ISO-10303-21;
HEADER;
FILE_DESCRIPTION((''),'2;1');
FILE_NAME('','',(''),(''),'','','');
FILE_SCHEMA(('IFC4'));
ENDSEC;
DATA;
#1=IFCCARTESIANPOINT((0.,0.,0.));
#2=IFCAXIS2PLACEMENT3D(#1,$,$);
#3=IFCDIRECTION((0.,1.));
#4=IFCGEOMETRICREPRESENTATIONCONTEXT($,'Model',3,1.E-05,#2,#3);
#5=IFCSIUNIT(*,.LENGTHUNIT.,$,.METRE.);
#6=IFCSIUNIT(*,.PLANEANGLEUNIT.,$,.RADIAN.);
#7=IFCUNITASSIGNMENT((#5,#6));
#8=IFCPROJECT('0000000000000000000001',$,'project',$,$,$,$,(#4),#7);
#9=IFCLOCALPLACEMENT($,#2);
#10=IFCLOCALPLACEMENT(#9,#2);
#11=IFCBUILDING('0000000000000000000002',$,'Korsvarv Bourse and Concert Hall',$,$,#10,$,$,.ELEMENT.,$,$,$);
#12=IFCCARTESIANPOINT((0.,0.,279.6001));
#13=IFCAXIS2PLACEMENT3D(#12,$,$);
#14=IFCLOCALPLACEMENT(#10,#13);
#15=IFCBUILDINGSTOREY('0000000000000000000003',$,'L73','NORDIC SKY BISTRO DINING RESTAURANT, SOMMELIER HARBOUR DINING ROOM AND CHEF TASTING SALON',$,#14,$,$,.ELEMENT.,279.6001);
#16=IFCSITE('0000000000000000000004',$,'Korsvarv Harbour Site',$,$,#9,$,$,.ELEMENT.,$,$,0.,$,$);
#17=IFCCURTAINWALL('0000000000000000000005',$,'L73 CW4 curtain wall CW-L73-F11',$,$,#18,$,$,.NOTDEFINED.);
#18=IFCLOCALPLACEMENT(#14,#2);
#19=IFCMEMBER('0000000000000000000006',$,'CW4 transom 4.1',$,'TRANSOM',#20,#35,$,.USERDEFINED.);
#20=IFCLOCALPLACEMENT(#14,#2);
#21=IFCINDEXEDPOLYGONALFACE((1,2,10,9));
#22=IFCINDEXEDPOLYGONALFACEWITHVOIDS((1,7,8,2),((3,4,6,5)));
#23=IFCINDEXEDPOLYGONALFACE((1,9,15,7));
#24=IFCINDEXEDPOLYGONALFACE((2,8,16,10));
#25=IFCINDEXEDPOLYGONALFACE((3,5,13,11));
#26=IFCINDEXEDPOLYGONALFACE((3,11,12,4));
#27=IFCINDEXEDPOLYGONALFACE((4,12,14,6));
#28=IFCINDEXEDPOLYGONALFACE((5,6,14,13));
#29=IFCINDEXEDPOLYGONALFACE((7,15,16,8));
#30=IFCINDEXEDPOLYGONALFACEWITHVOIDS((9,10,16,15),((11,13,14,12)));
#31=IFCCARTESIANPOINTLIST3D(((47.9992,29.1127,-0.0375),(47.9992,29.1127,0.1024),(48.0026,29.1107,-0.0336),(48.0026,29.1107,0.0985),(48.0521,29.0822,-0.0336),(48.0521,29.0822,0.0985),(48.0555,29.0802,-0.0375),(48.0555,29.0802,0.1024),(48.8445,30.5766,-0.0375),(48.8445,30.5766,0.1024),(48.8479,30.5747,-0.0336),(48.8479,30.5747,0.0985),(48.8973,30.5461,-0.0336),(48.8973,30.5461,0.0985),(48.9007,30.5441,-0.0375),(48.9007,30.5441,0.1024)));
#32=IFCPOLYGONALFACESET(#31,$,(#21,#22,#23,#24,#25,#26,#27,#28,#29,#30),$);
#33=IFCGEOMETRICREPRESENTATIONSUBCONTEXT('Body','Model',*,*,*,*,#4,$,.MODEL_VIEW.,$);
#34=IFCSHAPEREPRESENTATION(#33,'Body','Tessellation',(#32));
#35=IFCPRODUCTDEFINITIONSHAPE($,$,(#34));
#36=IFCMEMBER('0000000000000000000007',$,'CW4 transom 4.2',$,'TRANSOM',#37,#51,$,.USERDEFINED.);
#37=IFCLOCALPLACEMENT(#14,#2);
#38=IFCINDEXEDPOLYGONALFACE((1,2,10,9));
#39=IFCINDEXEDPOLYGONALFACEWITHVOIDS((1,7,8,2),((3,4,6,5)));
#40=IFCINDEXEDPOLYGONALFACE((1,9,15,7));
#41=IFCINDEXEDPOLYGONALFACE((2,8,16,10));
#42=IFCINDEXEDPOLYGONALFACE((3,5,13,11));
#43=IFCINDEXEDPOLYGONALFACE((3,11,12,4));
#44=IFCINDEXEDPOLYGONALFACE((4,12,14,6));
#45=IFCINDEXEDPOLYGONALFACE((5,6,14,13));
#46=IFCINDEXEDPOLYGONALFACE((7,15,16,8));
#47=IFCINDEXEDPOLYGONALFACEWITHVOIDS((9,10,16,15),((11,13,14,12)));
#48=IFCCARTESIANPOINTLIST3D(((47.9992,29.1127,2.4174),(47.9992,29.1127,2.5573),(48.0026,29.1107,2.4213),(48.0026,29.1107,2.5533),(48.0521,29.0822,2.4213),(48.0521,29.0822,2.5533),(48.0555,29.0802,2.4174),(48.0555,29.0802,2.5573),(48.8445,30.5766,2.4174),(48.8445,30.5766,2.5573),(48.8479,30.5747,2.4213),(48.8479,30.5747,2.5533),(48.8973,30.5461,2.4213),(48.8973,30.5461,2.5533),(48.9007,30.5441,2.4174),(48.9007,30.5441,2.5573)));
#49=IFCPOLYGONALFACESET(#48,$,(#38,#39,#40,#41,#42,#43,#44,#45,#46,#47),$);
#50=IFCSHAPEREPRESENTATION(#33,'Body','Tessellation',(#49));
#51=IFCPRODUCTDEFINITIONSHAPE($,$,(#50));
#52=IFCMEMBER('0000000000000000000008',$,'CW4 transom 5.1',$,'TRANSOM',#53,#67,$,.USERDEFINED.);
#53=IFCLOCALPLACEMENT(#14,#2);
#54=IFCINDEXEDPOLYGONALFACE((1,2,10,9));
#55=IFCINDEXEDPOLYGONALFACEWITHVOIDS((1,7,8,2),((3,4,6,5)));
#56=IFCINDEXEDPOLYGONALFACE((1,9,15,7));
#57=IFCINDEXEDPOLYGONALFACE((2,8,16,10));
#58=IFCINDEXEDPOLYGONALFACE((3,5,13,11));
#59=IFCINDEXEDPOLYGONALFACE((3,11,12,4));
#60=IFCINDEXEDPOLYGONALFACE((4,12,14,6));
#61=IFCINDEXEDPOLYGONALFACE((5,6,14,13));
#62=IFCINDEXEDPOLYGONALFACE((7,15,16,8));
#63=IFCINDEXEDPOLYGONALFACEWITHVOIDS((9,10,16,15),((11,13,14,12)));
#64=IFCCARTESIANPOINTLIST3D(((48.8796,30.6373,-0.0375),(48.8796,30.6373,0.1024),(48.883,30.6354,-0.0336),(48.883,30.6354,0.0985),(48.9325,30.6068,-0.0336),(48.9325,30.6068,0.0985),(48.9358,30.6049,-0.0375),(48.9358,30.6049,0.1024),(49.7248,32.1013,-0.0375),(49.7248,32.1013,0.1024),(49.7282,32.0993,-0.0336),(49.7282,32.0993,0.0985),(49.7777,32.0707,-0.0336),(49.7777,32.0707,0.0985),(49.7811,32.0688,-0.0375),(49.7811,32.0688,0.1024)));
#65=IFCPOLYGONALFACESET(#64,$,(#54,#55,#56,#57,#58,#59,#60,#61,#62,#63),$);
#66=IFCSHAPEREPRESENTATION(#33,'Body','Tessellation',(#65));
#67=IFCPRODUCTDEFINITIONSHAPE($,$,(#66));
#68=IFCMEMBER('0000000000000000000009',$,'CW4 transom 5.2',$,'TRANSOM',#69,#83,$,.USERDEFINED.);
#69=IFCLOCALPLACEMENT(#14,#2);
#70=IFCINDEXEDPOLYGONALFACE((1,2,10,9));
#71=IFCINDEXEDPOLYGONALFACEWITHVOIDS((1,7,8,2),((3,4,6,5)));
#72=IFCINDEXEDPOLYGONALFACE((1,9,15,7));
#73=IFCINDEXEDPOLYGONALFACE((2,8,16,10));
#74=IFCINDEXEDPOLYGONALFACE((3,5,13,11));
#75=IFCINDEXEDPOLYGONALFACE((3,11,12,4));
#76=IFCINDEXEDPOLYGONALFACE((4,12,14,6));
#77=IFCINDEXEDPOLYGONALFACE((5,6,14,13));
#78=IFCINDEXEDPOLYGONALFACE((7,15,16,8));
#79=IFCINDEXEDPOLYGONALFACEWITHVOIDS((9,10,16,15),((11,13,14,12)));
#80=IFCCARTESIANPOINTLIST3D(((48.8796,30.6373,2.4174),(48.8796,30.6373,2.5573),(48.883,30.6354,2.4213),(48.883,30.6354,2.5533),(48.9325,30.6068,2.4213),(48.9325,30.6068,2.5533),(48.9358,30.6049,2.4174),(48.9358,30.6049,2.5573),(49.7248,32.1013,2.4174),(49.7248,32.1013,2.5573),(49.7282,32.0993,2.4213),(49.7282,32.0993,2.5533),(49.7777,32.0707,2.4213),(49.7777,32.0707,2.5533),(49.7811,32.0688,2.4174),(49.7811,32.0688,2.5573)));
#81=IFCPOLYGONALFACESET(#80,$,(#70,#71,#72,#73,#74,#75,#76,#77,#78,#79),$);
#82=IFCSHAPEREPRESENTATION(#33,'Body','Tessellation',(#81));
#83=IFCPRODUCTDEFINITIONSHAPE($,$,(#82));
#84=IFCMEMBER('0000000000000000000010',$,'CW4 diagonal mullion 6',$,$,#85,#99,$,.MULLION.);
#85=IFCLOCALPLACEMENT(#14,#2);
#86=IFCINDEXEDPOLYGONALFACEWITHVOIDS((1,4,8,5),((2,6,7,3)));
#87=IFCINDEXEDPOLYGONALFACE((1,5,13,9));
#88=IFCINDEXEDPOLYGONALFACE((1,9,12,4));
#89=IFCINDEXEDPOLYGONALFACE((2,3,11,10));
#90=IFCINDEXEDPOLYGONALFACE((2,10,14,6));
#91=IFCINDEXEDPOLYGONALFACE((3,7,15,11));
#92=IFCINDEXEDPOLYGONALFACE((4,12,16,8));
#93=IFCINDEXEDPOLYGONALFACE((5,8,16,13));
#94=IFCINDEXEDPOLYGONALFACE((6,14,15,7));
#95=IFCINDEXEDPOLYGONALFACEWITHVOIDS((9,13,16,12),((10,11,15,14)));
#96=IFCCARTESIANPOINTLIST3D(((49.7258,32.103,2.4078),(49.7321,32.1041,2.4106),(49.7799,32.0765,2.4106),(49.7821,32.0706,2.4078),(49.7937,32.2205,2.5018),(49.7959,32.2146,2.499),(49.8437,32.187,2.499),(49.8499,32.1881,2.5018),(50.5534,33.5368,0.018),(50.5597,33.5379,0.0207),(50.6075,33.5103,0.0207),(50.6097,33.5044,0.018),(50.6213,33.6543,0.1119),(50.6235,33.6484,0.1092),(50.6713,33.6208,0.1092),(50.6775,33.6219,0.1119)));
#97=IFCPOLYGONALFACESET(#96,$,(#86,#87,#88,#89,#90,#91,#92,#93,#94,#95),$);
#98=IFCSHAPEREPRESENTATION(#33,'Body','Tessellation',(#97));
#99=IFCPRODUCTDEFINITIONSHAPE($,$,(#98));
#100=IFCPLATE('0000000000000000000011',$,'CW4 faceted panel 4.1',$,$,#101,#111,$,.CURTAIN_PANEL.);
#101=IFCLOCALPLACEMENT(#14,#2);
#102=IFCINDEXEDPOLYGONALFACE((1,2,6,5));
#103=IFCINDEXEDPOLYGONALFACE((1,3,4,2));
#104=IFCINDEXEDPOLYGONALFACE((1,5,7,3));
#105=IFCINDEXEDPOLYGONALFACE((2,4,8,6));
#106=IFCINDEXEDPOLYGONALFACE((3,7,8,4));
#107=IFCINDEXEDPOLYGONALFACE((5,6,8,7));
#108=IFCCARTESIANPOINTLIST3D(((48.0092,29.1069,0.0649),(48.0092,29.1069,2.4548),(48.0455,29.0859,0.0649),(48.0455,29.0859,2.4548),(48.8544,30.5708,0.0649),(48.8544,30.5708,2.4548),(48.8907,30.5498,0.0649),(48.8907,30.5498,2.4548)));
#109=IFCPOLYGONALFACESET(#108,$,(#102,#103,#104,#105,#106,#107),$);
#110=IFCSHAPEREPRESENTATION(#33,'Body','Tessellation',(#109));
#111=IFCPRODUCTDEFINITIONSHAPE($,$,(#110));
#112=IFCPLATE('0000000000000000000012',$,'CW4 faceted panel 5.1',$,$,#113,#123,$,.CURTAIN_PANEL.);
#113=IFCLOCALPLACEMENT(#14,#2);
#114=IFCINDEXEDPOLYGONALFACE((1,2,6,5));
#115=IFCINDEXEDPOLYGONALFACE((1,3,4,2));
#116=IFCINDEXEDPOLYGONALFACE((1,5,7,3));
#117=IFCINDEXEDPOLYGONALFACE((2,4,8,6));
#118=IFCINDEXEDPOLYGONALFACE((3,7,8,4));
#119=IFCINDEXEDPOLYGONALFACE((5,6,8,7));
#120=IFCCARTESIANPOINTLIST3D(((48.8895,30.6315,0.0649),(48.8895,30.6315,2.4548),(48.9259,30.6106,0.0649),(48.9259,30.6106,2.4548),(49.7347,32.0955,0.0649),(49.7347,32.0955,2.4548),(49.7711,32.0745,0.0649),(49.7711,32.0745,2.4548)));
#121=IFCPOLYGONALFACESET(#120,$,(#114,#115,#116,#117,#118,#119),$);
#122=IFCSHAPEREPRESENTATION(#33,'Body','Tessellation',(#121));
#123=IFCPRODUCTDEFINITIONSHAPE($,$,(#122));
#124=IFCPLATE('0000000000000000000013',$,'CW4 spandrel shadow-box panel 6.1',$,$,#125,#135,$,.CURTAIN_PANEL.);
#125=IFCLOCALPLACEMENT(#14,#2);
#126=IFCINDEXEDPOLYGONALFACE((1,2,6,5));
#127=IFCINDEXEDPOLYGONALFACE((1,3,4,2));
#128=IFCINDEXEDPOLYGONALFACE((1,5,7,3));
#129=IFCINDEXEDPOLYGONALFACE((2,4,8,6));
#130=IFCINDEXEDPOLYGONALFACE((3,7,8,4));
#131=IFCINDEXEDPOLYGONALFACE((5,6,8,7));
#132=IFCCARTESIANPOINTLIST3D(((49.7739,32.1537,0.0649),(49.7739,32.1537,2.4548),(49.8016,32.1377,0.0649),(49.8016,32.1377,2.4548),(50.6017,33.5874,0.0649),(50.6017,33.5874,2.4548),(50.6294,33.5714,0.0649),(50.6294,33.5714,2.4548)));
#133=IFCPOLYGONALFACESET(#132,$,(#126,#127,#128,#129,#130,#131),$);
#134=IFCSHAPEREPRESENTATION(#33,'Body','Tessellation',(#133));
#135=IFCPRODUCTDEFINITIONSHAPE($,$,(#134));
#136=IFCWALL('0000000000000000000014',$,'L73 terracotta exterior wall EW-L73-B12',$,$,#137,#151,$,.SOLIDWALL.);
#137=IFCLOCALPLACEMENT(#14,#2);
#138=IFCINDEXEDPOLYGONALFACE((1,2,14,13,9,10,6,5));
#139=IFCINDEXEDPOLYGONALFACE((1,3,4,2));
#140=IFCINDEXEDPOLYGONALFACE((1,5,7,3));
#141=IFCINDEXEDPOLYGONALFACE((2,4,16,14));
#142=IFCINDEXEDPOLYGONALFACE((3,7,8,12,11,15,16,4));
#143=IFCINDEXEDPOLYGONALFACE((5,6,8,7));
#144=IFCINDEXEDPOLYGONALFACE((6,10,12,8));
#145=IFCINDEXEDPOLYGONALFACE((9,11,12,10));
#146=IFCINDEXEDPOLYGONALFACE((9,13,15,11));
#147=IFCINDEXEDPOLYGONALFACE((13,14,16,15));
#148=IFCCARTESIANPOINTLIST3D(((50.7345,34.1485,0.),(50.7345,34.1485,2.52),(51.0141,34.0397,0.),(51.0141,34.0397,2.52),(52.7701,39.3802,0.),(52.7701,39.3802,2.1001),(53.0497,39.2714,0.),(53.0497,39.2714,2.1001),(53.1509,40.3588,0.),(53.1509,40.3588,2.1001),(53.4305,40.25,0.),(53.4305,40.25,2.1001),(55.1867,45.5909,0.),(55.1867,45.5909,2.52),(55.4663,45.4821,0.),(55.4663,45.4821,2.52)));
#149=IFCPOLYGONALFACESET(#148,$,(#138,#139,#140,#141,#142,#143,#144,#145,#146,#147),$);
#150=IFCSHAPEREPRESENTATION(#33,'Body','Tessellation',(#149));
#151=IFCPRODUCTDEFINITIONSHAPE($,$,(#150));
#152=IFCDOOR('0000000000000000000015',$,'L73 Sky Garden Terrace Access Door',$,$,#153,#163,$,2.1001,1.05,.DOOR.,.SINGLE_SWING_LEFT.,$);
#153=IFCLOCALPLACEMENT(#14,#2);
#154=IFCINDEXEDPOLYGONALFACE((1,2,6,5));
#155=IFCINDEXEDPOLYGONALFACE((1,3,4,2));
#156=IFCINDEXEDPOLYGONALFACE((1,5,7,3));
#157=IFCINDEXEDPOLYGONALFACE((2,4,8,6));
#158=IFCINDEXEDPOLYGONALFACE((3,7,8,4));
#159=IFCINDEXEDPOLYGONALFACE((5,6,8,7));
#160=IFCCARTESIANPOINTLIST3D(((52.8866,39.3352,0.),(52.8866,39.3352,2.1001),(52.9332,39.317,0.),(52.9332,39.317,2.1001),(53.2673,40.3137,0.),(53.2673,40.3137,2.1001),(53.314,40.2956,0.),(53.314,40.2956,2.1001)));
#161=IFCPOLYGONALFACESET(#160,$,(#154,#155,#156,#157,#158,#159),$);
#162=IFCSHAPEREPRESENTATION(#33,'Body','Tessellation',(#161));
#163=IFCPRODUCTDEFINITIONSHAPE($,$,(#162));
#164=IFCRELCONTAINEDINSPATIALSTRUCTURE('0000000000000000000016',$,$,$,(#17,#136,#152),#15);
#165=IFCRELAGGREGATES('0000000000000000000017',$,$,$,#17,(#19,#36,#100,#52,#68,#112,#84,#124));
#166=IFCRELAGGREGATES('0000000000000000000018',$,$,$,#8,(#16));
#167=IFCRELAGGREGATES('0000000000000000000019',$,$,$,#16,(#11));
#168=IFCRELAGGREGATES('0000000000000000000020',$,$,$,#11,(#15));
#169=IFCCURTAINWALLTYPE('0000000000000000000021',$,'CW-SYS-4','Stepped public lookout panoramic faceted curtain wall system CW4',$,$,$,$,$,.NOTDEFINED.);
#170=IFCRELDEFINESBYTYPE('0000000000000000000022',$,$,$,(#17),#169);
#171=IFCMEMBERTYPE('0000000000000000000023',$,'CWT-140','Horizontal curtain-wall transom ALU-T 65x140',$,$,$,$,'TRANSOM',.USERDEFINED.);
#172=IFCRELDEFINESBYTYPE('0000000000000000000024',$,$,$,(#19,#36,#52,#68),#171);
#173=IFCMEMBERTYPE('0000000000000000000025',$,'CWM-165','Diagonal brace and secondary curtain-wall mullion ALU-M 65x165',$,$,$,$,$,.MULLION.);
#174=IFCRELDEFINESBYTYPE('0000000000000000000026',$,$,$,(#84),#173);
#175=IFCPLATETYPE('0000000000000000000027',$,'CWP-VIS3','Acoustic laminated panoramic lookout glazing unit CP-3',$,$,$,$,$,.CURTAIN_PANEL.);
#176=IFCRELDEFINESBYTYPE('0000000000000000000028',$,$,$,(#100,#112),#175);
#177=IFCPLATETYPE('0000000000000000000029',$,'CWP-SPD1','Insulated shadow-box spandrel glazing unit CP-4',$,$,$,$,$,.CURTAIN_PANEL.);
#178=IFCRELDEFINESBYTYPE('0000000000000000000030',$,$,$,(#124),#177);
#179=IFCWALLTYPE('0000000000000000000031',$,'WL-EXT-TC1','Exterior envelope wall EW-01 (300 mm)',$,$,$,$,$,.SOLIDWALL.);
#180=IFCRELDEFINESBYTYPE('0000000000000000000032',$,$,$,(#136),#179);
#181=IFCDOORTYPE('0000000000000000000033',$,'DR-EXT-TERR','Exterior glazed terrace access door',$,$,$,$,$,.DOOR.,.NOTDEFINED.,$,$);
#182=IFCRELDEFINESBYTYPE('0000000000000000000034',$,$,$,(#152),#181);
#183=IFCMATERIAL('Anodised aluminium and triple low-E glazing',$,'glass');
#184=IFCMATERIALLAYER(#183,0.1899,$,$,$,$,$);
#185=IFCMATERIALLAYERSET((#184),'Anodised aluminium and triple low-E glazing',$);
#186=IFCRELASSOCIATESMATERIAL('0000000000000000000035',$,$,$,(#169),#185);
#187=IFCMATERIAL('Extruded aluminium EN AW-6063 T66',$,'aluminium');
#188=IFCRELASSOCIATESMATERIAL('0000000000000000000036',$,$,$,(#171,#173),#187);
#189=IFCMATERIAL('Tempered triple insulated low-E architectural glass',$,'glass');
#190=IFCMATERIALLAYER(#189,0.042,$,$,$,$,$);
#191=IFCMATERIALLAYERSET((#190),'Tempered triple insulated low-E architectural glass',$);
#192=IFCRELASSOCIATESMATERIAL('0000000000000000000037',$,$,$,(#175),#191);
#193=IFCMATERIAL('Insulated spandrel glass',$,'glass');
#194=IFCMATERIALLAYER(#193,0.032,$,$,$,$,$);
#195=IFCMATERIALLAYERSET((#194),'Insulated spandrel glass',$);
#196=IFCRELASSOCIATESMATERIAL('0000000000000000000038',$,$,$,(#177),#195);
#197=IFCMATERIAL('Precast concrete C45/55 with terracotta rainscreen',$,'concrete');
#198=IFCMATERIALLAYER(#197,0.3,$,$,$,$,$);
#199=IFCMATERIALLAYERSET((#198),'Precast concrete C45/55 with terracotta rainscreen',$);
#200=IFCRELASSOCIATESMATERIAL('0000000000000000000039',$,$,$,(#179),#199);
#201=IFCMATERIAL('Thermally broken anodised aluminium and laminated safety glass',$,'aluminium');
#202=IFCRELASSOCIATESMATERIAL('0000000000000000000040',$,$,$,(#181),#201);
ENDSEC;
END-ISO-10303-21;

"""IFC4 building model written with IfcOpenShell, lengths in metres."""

from ifc_helpers import new_model, si_unit, direction, frame, frame_2d, origin, origin_2d, place, context, subcontext, project, spatial, rectangle, hollow_rectangle, extrude, source, transform, mapped, material, layer, layer_set, material_profile, profile_set, type_object, element, fill, aggregate, save


model = new_model("IFC4")

# Units and contexts
model_context = context("Model", 3, precision=1e-05, world=origin(), true_north=direction((0.0, 1.0)))
body_context = subcontext(model_context, "Body", "Model", "MODEL_VIEW")
ifc_project = project(units=[si_unit("LENGTHUNIT", "METRE"), si_unit("PLANEANGLEUNIT", "RADIAN")], contexts=[model_context])

# Site, building, storey
site_placement = place(None, origin())
site = spatial("IfcSite", under=ifc_project, at=site_placement, Name="Korsvarv Harbour Site", CompositionType="ELEMENT", RefElevation=0.0)
building_placement = place(site_placement, origin())
building = spatial("IfcBuilding", under=site, at=building_placement, Name="Korsvarv Bourse and Concert Hall", CompositionType="ELEMENT")
storey_placement = place(building_placement, frame((0.0, 0.0, 279.6001)))
storey = spatial("IfcBuildingStorey", under=building, at=storey_placement, Name="L73", Description="NORDIC SKY BISTRO DINING RESTAURANT, SOMMELIER HARBOUR DINING ROOM AND CHEF TASTING SALON", CompositionType="ELEMENT", Elevation=279.6001)

# Curtain wall, members, plates
ifc_material_1 = material(Name="Anodised aluminium and triple low-E glazing", Category="glass")
ifc_layer_1 = layer(ifc_material_1, 0.1899)
ifc_layer_set_1 = layer_set([ifc_layer_1], Name="Anodised aluminium and triple low-E glazing")
curtain_wall_type = type_object("IfcCurtainWallType", Name="CW-SYS-4", Description="Stepped public lookout panoramic faceted curtain wall system CW4", PredefinedType="NOTDEFINED", material=ifc_layer_set_1)
curtain_wall_placement = place(storey_placement, origin())
curtain_wall = element("IfcCurtainWall", 1, at=curtain_wall_placement, inside=storey, type_object=curtain_wall_type, Name="L73 CW4 curtain wall CW-L73-F11", PredefinedType="NOTDEFINED")
ifc_material_2 = material(Name="Extruded aluminium EN AW-6063 T66", Category="aluminium")
ifc_material_profile_1 = material_profile(ifc_material_2, hollow_rectangle(XDim=0.0649, YDim=0.1399, WallThickness=0.0039, at=origin_2d()), Name="ALU-T 65x140")
ifc_profile_set_1 = profile_set([ifc_material_profile_1], Name="Extruded aluminium EN AW-6063 T66")
member_type_1 = type_object("IfcMemberType", Name="CWT-140", Description="Horizontal curtain-wall transom ALU-T 65x140", ElementType="TRANSOM", PredefinedType="USERDEFINED", material=ifc_profile_set_1)
shared_shape_1 = source(origin(), body_context, "Body", "SweptSolid", [
    extrude(hollow_rectangle(XDim=0.0649, YDim=0.1399, WallThickness=0.0039, at=origin_2d()), origin(), (0.0, 0.0, 1.0), 1.6904),
])
member_1_placement = place(storey_placement, frame((48.0273, 29.0964, 0.0325), z_axis=(0.500023, 0.866012, 0.0), x_axis=(-0.866012, 0.500023, 0.0)))
member_1 = element("IfcMember", 2, at=member_1_placement, type_object=member_type_1, Name="CW4 transom 4.1", ObjectType="TRANSOM", PredefinedType="USERDEFINED", context=body_context, shape_type="MappedRepresentation", body=[
    mapped(shared_shape_1, transform((0.0, 0.0, 0.0), scale=1.0)),
])
member_2_placement = place(storey_placement, frame((48.0273, 29.0964, 2.4873), z_axis=(0.500023, 0.866012, 0.0), x_axis=(-0.866012, 0.500023, 0.0)))
member_2 = element("IfcMember", 3, at=member_2_placement, type_object=member_type_1, Name="CW4 transom 4.2", ObjectType="TRANSOM", PredefinedType="USERDEFINED", context=body_context, shape_type="MappedRepresentation", body=[
    mapped(shared_shape_1, transform((0.0, 0.0, 0.0), scale=1.0)),
])
member_3_placement = place(storey_placement, frame((48.9077, 30.6211, 0.0325), z_axis=(0.500023, 0.866012, 0.0), x_axis=(-0.866012, 0.500023, 0.0)))
member_3 = element("IfcMember", 4, at=member_3_placement, type_object=member_type_1, Name="CW4 transom 5.1", ObjectType="TRANSOM", PredefinedType="USERDEFINED", context=body_context, shape_type="MappedRepresentation", body=[
    mapped(shared_shape_1, transform((0.0, 0.0, 0.0), scale=1.0)),
])
member_4_placement = place(storey_placement, frame((48.9077, 30.6211, 2.4873), z_axis=(0.500023, 0.866012, 0.0), x_axis=(-0.866012, 0.500023, 0.0)))
member_4 = element("IfcMember", 5, at=member_4_placement, type_object=member_type_1, Name="CW4 transom 5.2", ObjectType="TRANSOM", PredefinedType="USERDEFINED", context=body_context, shape_type="MappedRepresentation", body=[
    mapped(shared_shape_1, transform((0.0, 0.0, 0.0), scale=1.0)),
])
ifc_material_profile_2 = material_profile(ifc_material_2, hollow_rectangle(XDim=0.0649, YDim=0.165, WallThickness=0.0049, at=origin_2d()), Name="ALU-M 65x165")
ifc_profile_set_2 = profile_set([ifc_material_profile_2], Name="Extruded aluminium EN AW-6063 T66")
member_type_2 = type_object("IfcMemberType", Name="CWM-165", Description="Diagonal brace and secondary curtain-wall mullion ALU-M 65x165", PredefinedType="MULLION", material=ifc_profile_set_2)
shared_shape_2 = source(origin(), body_context, "Body", "SweptSolid", [
    extrude(hollow_rectangle(XDim=0.0649, YDim=0.165, WallThickness=0.0049, at=origin_2d()), origin(), (0.0, 0.0, 1.0), 2.9072),
])
member_5_placement = place(storey_placement, frame((50.6155, 33.5793, 0.0649), z_axis=(-0.284674, -0.493183, 0.822028), x_axis=(0.866075, -0.499914, 0.0)))
member_5 = element("IfcMember", 6, at=member_5_placement, type_object=member_type_2, Name="CW4 diagonal mullion 6", PredefinedType="MULLION", context=body_context, shape_type="MappedRepresentation", body=[
    mapped(shared_shape_2, transform((0.0, 0.0, 0.0), scale=1.0)),
])
ifc_material_3 = material(Name="Tempered triple insulated low-E architectural glass", Category="glass")
ifc_layer_2 = layer(ifc_material_3, 0.042)
ifc_layer_set_2 = layer_set([ifc_layer_2], Name="Tempered triple insulated low-E architectural glass")
plate_type_1 = type_object("IfcPlateType", Name="CWP-VIS3", Description="Acoustic laminated panoramic lookout glazing unit CP-3", PredefinedType="CURTAIN_PANEL", material=ifc_layer_set_2)
shared_shape_3 = source(origin(), body_context, "Body", "SweptSolid", [
    extrude(rectangle(XDim=1.6904, YDim=0.042, at=origin_2d()), origin(), (0.0, 0.0, 1.0), 2.3899),
])
plate_1_placement = place(storey_placement, frame((48.45, 29.8284, 0.0649), z_axis=(0.0, 0.0, 1.0), x_axis=(0.499998, 0.866027, 0.0)))
plate_1 = element("IfcPlate", 7, at=plate_1_placement, type_object=plate_type_1, Name="CW4 faceted panel 4.1", PredefinedType="CURTAIN_PANEL", context=body_context, shape_type="MappedRepresentation", body=[
    mapped(shared_shape_3, transform((0.0, 0.0, 0.0), scale=1.0)),
])
plate_2_placement = place(storey_placement, frame((49.3303, 31.353, 0.0649), z_axis=(0.0, 0.0, 1.0), x_axis=(0.499998, 0.866027, 0.0)))
plate_2 = element("IfcPlate", 8, at=plate_2_placement, type_object=plate_type_1, Name="CW4 faceted panel 5.1", PredefinedType="CURTAIN_PANEL", context=body_context, shape_type="MappedRepresentation", body=[
    mapped(shared_shape_3, transform((0.0, 0.0, 0.0), scale=1.0)),
])
ifc_material_4 = material(Name="Insulated spandrel glass", Category="glass")
ifc_layer_3 = layer(ifc_material_4, 0.032)
ifc_layer_set_3 = layer_set([ifc_layer_3], Name="Insulated spandrel glass")
plate_type_2 = type_object("IfcPlateType", Name="CWP-SPD1", Description="Insulated shadow-box spandrel glazing unit CP-4", PredefinedType="CURTAIN_PANEL", material=ifc_layer_set_3)
shared_shape_4 = source(origin(), body_context, "Body", "SweptSolid", [
    extrude(rectangle(XDim=1.6555, YDim=0.032, at=origin_2d()), origin(), (0.0, 0.0, 1.0), 2.3899),
])
plate_3_placement = place(storey_placement, frame((50.2017, 32.8625, 0.0649), z_axis=(0.0, 0.0, 1.0), x_axis=(0.499998, 0.866027, 0.0)))
plate_3 = element("IfcPlate", 9, at=plate_3_placement, type_object=plate_type_2, Name="CW4 spandrel shadow-box panel 6.1", PredefinedType="CURTAIN_PANEL", context=body_context, shape_type="MappedRepresentation", body=[
    mapped(shared_shape_4, transform((0.0, 0.0, 0.0), scale=1.0)),
])
aggregate(curtain_wall, [member_1, member_2, plate_1, member_3, member_4, plate_2, member_5, plate_3])

# Wall, opening, door
ifc_material_5 = material(Name="Precast concrete C45/55 with terracotta rainscreen", Category="concrete")
ifc_layer_4 = layer(ifc_material_5, 0.3)
ifc_layer_set_4 = layer_set([ifc_layer_4], Name="Precast concrete C45/55 with terracotta rainscreen")
wall_type = type_object("IfcWallType", Name="WL-EXT-TC1", Description="Exterior envelope wall EW-01 (300 mm)", PredefinedType="SOLIDWALL", material=ifc_layer_set_4)
wall_placement = place(storey_placement, frame((50.8743, 34.094, 0.0), z_axis=(0.0, 0.0, 1.0), x_axis=(0.362611, 0.93194, 0.0)))
wall = element("IfcWall", 10, at=wall_placement, inside=storey, type_object=wall_type, Name="L73 terracotta exterior wall EW-L73-B12", PredefinedType="SOLIDWALL", context=body_context, shape_type="SweptSolid", body=[
    extrude(rectangle(XDim=12.2781, YDim=0.3, at=frame_2d((6.1392, 0.0))), origin(), (0.0, 0.0, 1.0), 2.52),
])
opening_placement = place(wall_placement, frame((5.614, 0.0, 0.0)))
opening = element("IfcOpeningElement", 11, at=opening_placement, cuts=wall, PredefinedType="OPENING", context=body_context, shape_type="SweptSolid", body=[
    extrude(rectangle(XDim=1.05, YDim=2.1001, at=frame_2d((0.5249, 1.05))), frame((0.0, 0.1602, 0.0), z_axis=(0.0, -1.0, 0.0), x_axis=(1.0, 0.0, 0.0)), (0.0, 0.0, 1.0), 0.3201),
])
ifc_material_6 = material(Name="Thermally broken anodised aluminium and laminated safety glass", Category="aluminium")
door_type = type_object("IfcDoorType", Name="DR-EXT-TERR", Description="Exterior glazed terrace access door", OperationType="NOTDEFINED", PredefinedType="DOOR", material=ifc_material_6)
door_placement = place(opening_placement, frame((1.05, 0.0, 0.0), z_axis=(0.0, 0.0, 1.0), x_axis=(-1.0, 0.0, 0.0)))
door = element("IfcDoor", 12, at=door_placement, inside=storey, type_object=door_type, Name="L73 Sky Garden Terrace Access Door", OperationType="SINGLE_SWING_LEFT", OverallHeight=2.1001, OverallWidth=1.05, PredefinedType="DOOR", context=body_context, shape_type="SweptSolid", body=[
    extrude(rectangle(XDim=1.05, YDim=2.1001, at=frame_2d((0.5249, 1.05))), frame((0.0, 0.0249, 0.0), z_axis=(0.0, -1.0, 0.0), x_axis=(1.0, 0.0, 0.0)), (0.0, 0.0, 1.0), 0.05),
])
fill(opening, door)

save(model, "model.ifc")
